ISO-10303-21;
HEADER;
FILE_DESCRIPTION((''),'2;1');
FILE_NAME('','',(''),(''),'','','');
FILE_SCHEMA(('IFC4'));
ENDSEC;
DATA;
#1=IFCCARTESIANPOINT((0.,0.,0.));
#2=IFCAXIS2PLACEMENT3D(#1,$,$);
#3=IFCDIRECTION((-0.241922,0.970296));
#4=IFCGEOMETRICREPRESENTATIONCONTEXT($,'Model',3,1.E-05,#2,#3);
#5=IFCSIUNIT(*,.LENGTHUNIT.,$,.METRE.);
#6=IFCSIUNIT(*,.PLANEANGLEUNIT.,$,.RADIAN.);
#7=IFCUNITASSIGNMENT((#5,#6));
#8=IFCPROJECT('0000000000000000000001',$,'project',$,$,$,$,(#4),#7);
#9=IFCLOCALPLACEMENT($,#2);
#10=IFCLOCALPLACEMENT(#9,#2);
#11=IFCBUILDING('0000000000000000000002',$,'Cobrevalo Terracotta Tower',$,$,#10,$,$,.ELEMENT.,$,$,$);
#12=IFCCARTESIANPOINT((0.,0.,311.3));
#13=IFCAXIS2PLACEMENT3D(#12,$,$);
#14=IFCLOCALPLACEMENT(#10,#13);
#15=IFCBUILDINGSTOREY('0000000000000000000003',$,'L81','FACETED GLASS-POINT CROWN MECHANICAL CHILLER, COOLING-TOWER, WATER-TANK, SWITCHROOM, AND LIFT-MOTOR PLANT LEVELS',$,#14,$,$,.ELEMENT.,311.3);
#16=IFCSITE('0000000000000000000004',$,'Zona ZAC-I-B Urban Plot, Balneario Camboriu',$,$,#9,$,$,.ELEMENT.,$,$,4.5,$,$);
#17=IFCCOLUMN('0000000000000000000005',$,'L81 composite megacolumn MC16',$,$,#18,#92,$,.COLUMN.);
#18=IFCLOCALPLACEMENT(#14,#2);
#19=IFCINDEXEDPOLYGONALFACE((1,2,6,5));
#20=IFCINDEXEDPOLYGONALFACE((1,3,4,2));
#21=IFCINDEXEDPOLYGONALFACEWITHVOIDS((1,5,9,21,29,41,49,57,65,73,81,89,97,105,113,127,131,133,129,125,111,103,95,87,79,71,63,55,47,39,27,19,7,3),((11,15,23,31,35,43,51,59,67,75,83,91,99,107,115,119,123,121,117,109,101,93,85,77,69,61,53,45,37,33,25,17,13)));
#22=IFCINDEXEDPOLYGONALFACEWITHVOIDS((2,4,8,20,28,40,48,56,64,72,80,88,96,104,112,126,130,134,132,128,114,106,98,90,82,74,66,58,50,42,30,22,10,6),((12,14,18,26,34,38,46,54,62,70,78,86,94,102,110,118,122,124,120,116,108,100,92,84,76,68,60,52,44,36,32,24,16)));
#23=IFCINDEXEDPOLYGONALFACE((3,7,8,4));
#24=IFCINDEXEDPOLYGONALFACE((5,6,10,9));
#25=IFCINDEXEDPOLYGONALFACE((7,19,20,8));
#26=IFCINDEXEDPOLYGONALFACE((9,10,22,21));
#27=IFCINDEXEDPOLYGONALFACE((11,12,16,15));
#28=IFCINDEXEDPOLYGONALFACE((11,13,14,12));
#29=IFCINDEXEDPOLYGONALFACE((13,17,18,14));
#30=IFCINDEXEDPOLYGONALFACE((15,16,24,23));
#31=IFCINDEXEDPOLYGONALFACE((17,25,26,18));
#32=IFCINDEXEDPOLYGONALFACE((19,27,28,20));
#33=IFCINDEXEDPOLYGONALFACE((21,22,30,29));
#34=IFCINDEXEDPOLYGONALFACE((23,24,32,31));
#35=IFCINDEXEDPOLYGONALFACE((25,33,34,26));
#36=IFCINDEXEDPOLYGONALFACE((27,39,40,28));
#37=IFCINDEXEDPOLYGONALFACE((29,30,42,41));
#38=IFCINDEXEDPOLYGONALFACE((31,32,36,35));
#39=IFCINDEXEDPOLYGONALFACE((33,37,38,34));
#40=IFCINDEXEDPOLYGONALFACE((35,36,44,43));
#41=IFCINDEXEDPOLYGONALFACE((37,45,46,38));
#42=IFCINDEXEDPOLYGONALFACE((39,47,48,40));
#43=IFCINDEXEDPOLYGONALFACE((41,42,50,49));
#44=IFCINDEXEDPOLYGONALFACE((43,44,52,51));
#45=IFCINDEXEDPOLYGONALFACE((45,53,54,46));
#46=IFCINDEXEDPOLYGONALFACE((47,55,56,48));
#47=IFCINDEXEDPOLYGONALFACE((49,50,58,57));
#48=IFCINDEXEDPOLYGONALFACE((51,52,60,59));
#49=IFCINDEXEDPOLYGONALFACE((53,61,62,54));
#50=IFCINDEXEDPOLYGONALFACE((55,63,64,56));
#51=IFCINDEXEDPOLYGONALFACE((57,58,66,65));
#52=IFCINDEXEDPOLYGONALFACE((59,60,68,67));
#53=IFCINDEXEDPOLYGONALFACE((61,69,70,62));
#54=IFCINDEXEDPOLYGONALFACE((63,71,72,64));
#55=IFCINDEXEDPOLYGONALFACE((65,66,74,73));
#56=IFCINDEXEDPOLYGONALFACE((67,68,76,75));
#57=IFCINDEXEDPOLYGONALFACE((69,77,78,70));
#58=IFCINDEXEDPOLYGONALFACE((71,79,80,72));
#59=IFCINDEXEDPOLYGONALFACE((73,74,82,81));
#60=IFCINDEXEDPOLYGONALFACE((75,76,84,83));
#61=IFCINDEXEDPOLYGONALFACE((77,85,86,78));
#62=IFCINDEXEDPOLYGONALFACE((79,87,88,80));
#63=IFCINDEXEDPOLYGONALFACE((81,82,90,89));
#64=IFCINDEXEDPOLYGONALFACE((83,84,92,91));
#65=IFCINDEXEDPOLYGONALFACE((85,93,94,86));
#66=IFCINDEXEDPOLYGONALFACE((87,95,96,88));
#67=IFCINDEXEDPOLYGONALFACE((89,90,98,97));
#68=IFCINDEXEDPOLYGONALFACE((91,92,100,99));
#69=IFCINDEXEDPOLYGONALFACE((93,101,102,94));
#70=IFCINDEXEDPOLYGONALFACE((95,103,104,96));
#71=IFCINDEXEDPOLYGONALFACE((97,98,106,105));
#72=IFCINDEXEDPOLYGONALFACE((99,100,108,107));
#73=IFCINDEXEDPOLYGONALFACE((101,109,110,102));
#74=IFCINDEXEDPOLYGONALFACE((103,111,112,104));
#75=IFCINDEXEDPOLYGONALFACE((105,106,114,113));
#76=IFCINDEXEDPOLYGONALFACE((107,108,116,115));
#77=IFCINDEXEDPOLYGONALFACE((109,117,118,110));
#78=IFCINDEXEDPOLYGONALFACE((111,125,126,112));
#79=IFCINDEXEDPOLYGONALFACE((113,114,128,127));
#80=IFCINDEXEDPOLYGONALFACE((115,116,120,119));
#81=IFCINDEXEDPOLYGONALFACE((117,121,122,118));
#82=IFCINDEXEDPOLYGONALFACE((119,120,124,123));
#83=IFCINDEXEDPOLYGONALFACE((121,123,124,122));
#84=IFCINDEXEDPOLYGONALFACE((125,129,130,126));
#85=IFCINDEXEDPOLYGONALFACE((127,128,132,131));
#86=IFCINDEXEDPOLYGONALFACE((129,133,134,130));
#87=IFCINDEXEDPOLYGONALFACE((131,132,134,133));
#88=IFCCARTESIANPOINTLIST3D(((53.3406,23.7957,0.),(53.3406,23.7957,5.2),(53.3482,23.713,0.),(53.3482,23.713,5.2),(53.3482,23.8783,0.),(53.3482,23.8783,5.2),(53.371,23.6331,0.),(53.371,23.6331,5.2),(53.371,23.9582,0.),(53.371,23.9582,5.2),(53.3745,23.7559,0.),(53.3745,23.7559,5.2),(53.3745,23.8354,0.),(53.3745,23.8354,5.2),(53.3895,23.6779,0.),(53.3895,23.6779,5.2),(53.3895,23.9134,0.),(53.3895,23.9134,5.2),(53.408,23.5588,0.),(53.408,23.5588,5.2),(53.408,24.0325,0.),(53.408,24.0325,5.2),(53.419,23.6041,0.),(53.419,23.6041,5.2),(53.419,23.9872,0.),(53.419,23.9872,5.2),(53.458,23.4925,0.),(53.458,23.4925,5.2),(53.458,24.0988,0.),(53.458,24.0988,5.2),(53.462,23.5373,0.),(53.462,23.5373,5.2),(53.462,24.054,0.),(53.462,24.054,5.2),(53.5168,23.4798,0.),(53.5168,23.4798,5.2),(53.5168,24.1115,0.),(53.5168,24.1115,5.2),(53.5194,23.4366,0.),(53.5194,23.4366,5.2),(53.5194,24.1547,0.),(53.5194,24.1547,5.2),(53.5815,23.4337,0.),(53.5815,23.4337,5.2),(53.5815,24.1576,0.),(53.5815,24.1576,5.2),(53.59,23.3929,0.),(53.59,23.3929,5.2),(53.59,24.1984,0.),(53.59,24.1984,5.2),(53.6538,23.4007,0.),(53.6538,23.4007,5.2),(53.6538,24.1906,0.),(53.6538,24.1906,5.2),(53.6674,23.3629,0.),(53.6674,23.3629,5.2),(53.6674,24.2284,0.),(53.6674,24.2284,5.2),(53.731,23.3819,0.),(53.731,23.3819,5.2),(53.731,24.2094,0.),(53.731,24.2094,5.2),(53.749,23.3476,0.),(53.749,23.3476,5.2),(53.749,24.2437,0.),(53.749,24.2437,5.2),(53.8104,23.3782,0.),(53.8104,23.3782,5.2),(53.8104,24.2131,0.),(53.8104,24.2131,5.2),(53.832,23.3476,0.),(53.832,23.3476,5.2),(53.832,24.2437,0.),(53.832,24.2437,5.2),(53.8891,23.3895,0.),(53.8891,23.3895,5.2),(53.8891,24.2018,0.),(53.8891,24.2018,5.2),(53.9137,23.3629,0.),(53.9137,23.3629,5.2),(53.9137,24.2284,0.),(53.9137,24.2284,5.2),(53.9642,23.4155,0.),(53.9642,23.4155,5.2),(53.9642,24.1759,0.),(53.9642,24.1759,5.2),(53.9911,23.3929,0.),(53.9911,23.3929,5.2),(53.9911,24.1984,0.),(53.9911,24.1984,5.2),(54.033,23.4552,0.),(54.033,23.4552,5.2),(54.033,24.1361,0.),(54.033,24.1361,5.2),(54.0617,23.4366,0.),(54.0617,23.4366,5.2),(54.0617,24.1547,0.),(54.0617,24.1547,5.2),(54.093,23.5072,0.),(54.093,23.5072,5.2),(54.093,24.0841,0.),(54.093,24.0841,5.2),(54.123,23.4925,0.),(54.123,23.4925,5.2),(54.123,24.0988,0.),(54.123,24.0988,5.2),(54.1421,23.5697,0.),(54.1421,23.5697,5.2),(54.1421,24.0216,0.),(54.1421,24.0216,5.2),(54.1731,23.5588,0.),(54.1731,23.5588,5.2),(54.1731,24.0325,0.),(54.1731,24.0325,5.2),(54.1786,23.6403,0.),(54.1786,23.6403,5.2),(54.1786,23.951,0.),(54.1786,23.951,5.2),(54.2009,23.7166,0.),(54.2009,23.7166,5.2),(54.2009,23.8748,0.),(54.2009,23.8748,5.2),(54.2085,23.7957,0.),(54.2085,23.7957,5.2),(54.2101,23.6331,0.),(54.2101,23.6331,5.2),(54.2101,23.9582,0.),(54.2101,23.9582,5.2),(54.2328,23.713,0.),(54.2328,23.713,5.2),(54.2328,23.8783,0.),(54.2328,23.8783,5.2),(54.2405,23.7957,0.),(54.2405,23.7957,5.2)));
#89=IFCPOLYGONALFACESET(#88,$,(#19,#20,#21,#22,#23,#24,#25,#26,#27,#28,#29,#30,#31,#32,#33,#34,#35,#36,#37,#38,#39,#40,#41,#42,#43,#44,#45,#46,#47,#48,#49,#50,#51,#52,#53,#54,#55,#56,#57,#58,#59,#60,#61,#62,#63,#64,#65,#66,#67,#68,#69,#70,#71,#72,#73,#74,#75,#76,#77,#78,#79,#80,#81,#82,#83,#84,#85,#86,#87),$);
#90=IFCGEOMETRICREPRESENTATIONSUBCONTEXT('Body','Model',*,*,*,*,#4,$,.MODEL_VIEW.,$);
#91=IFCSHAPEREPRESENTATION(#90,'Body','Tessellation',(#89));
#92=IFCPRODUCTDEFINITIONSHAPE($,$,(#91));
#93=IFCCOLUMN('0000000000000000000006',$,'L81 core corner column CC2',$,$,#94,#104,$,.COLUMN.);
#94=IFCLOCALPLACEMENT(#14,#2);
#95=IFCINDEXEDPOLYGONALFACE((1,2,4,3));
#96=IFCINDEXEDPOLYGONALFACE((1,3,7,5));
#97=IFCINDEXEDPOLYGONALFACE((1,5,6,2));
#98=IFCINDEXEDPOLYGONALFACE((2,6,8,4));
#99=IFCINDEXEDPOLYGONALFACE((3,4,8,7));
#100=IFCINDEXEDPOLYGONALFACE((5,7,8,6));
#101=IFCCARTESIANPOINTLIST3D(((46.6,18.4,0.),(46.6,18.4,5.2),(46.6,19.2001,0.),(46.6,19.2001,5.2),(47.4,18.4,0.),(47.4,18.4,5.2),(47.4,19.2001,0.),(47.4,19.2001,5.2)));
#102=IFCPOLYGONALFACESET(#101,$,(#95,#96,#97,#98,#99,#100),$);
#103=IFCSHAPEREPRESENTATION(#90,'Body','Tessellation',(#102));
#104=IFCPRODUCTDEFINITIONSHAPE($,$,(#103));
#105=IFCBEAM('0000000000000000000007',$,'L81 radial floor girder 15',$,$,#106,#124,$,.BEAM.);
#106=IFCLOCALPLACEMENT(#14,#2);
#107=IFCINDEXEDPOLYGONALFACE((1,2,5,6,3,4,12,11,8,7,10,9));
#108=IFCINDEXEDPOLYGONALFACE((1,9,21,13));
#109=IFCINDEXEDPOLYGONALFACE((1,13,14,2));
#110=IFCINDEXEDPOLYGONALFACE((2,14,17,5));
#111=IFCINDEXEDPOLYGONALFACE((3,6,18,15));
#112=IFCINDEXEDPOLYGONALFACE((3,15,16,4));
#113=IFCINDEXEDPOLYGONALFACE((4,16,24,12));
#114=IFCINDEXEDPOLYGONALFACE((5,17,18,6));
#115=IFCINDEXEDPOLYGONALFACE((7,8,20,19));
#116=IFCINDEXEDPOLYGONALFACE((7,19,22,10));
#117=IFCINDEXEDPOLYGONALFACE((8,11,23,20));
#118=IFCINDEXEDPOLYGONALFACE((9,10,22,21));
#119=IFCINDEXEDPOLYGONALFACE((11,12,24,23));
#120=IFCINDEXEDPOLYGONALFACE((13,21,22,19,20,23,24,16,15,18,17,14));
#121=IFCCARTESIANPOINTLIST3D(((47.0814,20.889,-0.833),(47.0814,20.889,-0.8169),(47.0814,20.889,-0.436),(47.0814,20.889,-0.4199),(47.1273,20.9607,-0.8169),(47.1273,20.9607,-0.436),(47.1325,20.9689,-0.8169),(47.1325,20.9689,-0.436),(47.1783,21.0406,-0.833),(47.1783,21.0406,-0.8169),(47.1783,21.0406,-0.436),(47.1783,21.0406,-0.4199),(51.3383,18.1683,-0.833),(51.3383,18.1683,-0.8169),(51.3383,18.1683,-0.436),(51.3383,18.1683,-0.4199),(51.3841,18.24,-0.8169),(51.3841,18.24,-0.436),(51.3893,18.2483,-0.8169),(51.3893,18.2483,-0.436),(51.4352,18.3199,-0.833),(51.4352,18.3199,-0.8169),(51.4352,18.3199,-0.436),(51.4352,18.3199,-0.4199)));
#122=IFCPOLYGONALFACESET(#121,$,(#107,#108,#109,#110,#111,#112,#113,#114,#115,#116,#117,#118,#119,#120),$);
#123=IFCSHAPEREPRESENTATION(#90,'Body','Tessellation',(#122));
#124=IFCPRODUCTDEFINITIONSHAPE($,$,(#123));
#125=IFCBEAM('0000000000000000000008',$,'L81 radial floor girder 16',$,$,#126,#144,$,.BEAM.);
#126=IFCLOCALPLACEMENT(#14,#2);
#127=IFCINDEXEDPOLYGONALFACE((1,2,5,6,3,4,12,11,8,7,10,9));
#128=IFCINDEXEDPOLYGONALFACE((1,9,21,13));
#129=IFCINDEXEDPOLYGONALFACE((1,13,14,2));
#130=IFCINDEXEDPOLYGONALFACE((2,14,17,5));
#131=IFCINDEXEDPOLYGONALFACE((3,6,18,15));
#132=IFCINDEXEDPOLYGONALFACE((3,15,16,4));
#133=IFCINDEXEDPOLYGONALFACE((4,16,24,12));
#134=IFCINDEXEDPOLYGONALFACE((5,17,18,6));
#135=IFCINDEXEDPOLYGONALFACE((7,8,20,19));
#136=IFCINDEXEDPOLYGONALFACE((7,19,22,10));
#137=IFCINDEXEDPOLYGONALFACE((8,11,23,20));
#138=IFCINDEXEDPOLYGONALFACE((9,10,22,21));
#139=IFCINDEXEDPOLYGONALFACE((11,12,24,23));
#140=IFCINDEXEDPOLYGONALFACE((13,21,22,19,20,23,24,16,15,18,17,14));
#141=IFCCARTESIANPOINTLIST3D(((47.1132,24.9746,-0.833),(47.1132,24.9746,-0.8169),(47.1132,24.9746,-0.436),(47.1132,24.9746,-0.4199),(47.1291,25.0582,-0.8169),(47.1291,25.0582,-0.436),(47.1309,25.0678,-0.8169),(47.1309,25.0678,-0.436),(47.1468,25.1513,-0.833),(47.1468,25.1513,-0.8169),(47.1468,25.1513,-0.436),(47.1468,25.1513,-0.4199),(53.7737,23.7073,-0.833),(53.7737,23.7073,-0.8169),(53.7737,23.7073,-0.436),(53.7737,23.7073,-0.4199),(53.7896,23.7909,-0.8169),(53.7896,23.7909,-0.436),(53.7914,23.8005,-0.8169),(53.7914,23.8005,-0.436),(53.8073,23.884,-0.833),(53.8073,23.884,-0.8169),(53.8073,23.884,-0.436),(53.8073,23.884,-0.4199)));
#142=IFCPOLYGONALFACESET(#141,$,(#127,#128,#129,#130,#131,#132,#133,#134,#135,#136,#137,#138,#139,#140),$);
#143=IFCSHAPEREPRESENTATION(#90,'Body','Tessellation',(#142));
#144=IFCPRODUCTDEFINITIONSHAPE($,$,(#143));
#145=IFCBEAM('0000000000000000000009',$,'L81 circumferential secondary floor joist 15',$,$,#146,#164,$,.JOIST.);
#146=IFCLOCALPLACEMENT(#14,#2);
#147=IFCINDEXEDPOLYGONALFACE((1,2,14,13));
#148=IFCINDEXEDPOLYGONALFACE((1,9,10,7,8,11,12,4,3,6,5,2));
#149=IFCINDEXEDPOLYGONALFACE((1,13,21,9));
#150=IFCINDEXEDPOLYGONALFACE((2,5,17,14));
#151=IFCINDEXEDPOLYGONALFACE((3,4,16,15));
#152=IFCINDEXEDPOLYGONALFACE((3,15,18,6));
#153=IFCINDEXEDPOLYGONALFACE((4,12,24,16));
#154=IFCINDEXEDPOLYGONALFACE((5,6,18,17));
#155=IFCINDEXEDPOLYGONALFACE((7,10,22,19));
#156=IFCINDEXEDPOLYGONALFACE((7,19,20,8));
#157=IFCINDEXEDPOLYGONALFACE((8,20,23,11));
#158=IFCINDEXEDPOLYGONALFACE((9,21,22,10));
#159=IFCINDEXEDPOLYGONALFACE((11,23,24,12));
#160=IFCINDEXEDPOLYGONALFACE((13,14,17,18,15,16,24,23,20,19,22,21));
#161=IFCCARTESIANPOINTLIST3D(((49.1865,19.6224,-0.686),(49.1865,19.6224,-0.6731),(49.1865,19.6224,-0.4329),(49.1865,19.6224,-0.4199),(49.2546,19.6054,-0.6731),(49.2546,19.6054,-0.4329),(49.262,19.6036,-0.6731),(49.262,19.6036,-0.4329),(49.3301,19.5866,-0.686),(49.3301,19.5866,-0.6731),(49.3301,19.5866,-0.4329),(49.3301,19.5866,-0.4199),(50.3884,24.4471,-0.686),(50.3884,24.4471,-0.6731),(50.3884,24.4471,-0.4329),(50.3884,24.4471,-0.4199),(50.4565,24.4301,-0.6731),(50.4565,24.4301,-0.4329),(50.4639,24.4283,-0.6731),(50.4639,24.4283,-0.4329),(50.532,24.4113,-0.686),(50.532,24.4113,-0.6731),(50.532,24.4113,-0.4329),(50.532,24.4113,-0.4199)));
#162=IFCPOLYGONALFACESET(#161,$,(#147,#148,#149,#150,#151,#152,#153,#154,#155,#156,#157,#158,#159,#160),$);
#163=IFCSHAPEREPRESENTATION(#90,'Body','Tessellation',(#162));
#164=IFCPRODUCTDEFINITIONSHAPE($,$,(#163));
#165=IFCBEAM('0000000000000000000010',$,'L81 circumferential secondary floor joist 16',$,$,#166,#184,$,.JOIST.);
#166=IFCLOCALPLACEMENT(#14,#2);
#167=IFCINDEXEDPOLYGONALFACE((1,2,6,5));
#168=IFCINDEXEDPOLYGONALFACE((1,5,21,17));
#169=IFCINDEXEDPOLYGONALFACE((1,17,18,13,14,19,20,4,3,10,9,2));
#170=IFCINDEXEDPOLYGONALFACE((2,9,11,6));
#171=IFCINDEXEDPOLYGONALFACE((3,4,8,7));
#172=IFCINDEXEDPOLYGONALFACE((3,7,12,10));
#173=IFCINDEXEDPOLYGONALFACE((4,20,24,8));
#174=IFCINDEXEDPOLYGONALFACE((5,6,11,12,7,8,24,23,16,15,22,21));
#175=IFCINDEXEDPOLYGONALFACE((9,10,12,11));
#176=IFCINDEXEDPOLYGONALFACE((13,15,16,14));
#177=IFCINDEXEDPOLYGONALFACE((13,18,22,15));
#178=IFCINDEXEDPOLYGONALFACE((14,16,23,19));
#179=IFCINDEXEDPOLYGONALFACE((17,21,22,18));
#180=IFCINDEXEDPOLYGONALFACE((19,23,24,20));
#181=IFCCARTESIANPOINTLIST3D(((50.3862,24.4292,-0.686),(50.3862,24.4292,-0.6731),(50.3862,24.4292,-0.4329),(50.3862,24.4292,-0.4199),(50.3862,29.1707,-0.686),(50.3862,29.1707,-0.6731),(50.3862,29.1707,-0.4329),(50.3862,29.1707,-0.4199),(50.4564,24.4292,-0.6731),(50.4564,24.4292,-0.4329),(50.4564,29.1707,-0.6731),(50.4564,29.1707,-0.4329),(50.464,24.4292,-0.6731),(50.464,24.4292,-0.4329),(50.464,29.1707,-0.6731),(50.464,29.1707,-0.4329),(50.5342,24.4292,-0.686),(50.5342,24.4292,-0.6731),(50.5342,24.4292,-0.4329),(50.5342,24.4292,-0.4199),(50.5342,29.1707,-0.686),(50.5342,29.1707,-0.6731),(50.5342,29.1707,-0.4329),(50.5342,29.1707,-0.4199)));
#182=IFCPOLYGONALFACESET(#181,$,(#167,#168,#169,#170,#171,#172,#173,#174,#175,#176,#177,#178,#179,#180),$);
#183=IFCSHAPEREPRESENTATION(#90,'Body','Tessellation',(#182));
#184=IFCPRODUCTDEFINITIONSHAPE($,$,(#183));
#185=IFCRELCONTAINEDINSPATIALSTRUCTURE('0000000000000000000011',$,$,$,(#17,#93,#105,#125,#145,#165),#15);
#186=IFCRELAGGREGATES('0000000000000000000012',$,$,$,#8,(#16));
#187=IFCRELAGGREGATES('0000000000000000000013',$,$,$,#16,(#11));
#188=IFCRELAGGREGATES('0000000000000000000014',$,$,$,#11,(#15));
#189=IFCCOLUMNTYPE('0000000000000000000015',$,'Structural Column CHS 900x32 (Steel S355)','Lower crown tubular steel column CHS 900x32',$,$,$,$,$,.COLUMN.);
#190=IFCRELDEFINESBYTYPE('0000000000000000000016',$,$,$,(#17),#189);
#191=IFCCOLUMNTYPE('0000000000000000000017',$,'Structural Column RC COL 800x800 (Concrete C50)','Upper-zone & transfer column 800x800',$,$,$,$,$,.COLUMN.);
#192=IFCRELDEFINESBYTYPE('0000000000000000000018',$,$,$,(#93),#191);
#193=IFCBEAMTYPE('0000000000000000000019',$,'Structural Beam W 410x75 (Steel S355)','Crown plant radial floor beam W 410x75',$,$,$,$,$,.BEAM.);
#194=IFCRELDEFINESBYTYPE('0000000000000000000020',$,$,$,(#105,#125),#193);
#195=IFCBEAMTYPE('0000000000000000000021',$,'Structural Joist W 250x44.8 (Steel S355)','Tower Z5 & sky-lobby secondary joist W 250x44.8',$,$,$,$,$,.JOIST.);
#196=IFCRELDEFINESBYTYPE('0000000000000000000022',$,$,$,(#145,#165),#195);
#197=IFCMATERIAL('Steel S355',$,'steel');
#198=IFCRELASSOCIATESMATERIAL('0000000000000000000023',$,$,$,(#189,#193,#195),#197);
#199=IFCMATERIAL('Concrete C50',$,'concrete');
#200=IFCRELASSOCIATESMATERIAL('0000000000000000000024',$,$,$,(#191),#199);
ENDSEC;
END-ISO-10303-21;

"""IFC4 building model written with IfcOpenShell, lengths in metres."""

from ifc_helpers import new_model, si_unit, direction, frame, origin, origin_2d, place, context, subcontext, project, spatial, rectangle, hollow_circle, i_section, extrude, material, material_profile, profile_set, type_object, element, save


model = new_model("IFC4")

# Units and contexts
model_context = context("Model", 3, precision=1e-05, world=origin(), true_north=direction((-0.241922, 0.970296)))
body_context = subcontext(model_context, "Body", "Model", "MODEL_VIEW")
ifc_project = project(units=[si_unit("LENGTHUNIT", "METRE"), si_unit("PLANEANGLEUNIT", "RADIAN")], contexts=[model_context])

# Site, building, storey
site_placement = place(None, origin())
site = spatial("IfcSite", under=ifc_project, at=site_placement, Name="Zona ZAC-I-B Urban Plot, Balneario Camboriu", CompositionType="ELEMENT", RefElevation=4.5)
building_placement = place(site_placement, origin())
building = spatial("IfcBuilding", under=site, at=building_placement, Name="Cobrevalo Terracotta Tower", CompositionType="ELEMENT")
storey_placement = place(building_placement, frame((0.0, 0.0, 311.3)))
storey = spatial("IfcBuildingStorey", under=building, at=storey_placement, Name="L81", Description="FACETED GLASS-POINT CROWN MECHANICAL CHILLER, COOLING-TOWER, WATER-TANK, SWITCHROOM, AND LIFT-MOTOR PLANT LEVELS", CompositionType="ELEMENT", Elevation=311.3)

# Columns
ifc_material_1 = material(Name="Steel S355", Category="steel")
ifc_material_profile_1 = material_profile(ifc_material_1, hollow_circle(Radius=0.45, WallThickness=0.032, at=origin_2d()), Name="CHS 900x32")
ifc_profile_set_1 = profile_set([ifc_material_profile_1], Name="Steel S355")
column_type_1 = type_object("IfcColumnType", Name="Structural Column CHS 900x32 (Steel S355)", Description="Lower crown tubular steel column CHS 900x32", PredefinedType="COLUMN", material=ifc_profile_set_1)
column_1_placement = place(storey_placement, frame((53.7905, 23.7957, 0.0), z_axis=(0.0, 0.0, 1.0), x_axis=(1.0, 0.0, 0.0)))
element("IfcColumn", 1, at=column_1_placement, inside=storey, type_object=column_type_1, Name="L81 composite megacolumn MC16", PredefinedType="COLUMN", context=body_context, shape_type="SweptSolid", body=[
    extrude(hollow_circle(Radius=0.45, WallThickness=0.032, at=origin_2d()), origin(), (0.0, 0.0, 1.0), 5.2),
])
ifc_material_2 = material(Name="Concrete C50", Category="concrete")
ifc_material_profile_2 = material_profile(ifc_material_2, rectangle(XDim=0.8, YDim=0.8, at=origin_2d()), Name="RC COL 800x800")
ifc_profile_set_2 = profile_set([ifc_material_profile_2], Name="Concrete C50")
column_type_2 = type_object("IfcColumnType", Name="Structural Column RC COL 800x800 (Concrete C50)", Description="Upper-zone & transfer column 800x800", PredefinedType="COLUMN", material=ifc_profile_set_2)
column_2_placement = place(storey_placement, frame((47.0, 18.8, 0.0), z_axis=(0.0, 0.0, 1.0), x_axis=(1.0, 0.0, 0.0)))
element("IfcColumn", 2, at=column_2_placement, inside=storey, type_object=column_type_2, Name="L81 core corner column CC2", PredefinedType="COLUMN", context=body_context, shape_type="SweptSolid", body=[
    extrude(rectangle(XDim=0.8, YDim=0.8, at=origin_2d()), origin(), (0.0, 0.0, 1.0), 5.2),
])

# Beams
ifc_material_profile_3 = material_profile(ifc_material_1, i_section(OverallWidth=0.1799, OverallDepth=0.4131, WebThickness=0.0098, FlangeThickness=0.0161, at=origin_2d()), Name="W 410x75")
ifc_profile_set_3 = profile_set([ifc_material_profile_3], Name="Steel S355")
beam_type_1 = type_object("IfcBeamType", Name="Structural Beam W 410x75 (Steel S355)", Description="Crown plant radial floor beam W 410x75", PredefinedType="BEAM", material=ifc_profile_set_3)
beam_1_placement = place(storey_placement, frame((51.3867, 18.2441, -0.6265), z_axis=(-0.842601, 0.538538, 0.0), x_axis=(-0.538538, -0.842601, 0.0)))
element("IfcBeam", 3, at=beam_1_placement, inside=storey, type_object=beam_type_1, Name="L81 radial floor girder 15", PredefinedType="BEAM", context=body_context, shape_type="SweptSolid", body=[
    extrude(i_section(OverallWidth=0.1799, OverallDepth=0.4131, WebThickness=0.0098, FlangeThickness=0.0161, at=origin_2d()), origin(), (0.0, 0.0, 1.0), 5.052),
])
beam_2_placement = place(storey_placement, frame((53.7905, 23.7957, -0.6265), z_axis=(-0.982375, 0.186919, 0.0), x_axis=(-0.186919, -0.982375, 0.0)))
element("IfcBeam", 4, at=beam_2_placement, inside=storey, type_object=beam_type_1, Name="L81 radial floor girder 16", PredefinedType="BEAM", context=body_context, shape_type="SweptSolid", body=[
    extrude(i_section(OverallWidth=0.1799, OverallDepth=0.4131, WebThickness=0.0098, FlangeThickness=0.0161, at=origin_2d()), origin(), (0.0, 0.0, 1.0), 6.78),
])
ifc_material_profile_4 = material_profile(ifc_material_1, i_section(OverallWidth=0.1479, OverallDepth=0.2661, WebThickness=0.0076, FlangeThickness=0.0129, at=origin_2d()), Name="W 250x44.8")
ifc_profile_set_4 = profile_set([ifc_material_profile_4], Name="Steel S355")
beam_type_2 = type_object("IfcBeamType", Name="Structural Joist W 250x44.8 (Steel S355)", Description="Tower Z5 & sky-lobby secondary joist W 250x44.8", PredefinedType="JOIST", material=ifc_profile_set_4)
beam_3_placement = place(storey_placement, frame((49.2583, 19.6045, -0.553), z_axis=(0.241727, 0.970344, 0.0), x_axis=(-0.970344, 0.241727, 0.0)))
element("IfcBeam", 5, at=beam_3_placement, inside=storey, type_object=beam_type_2, Name="L81 circumferential secondary floor joist 15", PredefinedType="JOIST", context=body_context, shape_type="SweptSolid", body=[
    extrude(i_section(OverallWidth=0.1479, OverallDepth=0.2661, WebThickness=0.0076, FlangeThickness=0.0129, at=origin_2d()), origin(), (0.0, 0.0, 1.0), 4.9722),
])
beam_4_placement = place(storey_placement, frame((50.4602, 24.4292, -0.553), z_axis=(0.0, 1.0, 0.0), x_axis=(-1.0, 0.0, 0.0)))
element("IfcBeam", 6, at=beam_4_placement, inside=storey, type_object=beam_type_2, Name="L81 circumferential secondary floor joist 16", PredefinedType="JOIST", context=body_context, shape_type="SweptSolid", body=[
    extrude(i_section(OverallWidth=0.1479, OverallDepth=0.2661, WebThickness=0.0076, FlangeThickness=0.0129, at=origin_2d()), origin(), (0.0, 0.0, 1.0), 4.7415),
])

save(model, "model.ifc")
